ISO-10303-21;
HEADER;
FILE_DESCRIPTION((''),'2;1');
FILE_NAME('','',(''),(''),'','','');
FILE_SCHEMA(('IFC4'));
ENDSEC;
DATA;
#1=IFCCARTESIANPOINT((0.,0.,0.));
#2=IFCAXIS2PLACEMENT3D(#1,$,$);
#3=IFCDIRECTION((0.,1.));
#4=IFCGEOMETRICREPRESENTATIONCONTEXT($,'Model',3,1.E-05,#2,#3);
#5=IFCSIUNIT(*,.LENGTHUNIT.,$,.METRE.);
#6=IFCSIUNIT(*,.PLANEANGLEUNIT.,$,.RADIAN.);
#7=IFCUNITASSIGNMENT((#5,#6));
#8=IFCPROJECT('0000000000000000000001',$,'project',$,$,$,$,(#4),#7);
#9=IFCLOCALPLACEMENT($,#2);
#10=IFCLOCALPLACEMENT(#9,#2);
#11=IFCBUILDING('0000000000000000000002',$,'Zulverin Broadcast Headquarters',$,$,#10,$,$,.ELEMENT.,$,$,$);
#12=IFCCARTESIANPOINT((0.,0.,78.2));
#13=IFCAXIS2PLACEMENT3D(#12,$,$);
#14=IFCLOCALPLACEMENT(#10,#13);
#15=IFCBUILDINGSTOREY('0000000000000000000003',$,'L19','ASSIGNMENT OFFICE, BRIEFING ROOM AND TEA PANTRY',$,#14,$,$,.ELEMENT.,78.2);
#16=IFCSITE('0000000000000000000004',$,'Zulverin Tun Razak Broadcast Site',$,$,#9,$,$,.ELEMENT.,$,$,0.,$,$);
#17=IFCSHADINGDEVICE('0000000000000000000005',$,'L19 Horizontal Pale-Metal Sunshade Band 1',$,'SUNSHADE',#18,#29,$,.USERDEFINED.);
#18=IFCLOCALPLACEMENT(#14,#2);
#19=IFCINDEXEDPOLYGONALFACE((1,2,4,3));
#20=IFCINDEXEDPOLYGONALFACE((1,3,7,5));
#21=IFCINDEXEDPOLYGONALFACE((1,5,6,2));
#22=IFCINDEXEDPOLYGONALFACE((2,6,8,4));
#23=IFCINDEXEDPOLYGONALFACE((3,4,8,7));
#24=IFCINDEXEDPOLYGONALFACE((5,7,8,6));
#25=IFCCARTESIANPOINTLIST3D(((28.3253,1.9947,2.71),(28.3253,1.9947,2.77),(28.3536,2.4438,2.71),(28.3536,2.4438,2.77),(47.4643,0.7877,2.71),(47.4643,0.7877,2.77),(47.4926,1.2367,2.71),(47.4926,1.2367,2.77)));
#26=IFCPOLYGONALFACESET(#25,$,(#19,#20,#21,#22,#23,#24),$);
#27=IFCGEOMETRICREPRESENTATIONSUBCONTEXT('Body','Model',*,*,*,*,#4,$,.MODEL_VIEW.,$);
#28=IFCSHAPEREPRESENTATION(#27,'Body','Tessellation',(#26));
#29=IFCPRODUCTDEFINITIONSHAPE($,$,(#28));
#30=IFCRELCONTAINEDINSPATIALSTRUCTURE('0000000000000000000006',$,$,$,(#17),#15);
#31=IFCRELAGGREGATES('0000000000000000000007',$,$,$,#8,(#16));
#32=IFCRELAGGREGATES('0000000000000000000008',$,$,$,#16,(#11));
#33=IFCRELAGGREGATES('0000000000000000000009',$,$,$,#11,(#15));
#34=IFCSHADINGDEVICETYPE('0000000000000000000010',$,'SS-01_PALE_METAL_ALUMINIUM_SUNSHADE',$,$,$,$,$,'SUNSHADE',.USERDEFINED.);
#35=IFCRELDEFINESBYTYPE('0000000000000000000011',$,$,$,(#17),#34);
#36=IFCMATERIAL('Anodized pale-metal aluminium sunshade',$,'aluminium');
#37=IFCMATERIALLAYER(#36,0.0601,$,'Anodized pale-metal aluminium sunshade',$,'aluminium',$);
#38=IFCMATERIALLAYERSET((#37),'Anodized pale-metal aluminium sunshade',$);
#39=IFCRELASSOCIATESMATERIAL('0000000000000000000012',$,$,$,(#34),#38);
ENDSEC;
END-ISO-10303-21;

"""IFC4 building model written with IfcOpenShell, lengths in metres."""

from ifc_helpers import new_model, si_unit, direction, frame, origin, origin_2d, place, context, subcontext, project, spatial, rectangle, extrude, material, layer, layer_set, type_object, element, save


model = new_model("IFC4")

# Units and contexts
model_context = context("Model", 3, precision=1e-05, world=origin(), true_north=direction((0.0, 1.0)))
body_context = subcontext(model_context, "Body", "Model", "MODEL_VIEW")
ifc_project = project(units=[si_unit("LENGTHUNIT", "METRE"), si_unit("PLANEANGLEUNIT", "RADIAN")], contexts=[model_context])

# Site, building, storey
site_placement = place(None, origin())
site = spatial("IfcSite", under=ifc_project, at=site_placement, Name="Zulverin Tun Razak Broadcast Site", CompositionType="ELEMENT", RefElevation=0.0)
building_placement = place(site_placement, origin())
building = spatial("IfcBuilding", under=site, at=building_placement, Name="Zulverin Broadcast Headquarters", CompositionType="ELEMENT")
storey_placement = place(building_placement, frame((0.0, 0.0, 78.2)))
storey = spatial("IfcBuildingStorey", under=building, at=storey_placement, Name="L19", Description="ASSIGNMENT OFFICE, BRIEFING ROOM AND TEA PANTRY", CompositionType="ELEMENT", Elevation=78.2)

# Shading device
ifc_material_1 = material(Name="Anodized pale-metal aluminium sunshade", Category="aluminium")
ifc_layer_1 = layer(ifc_material_1, 0.0601, Name="Anodized pale-metal aluminium sunshade", Category="aluminium")
ifc_layer_set_1 = layer_set([ifc_layer_1], Name="Anodized pale-metal aluminium sunshade")
shading_device_type = type_object("IfcShadingDeviceType", Name="SS-01_PALE_METAL_ALUMINIUM_SUNSHADE", ElementType="SUNSHADE", PredefinedType="USERDEFINED", material=ifc_layer_set_1)
shading_device_placement = place(storey_placement, frame((37.9089, 1.6157, 2.71), z_axis=(0.0, 0.0, 1.0), x_axis=(0.998017, -0.062942, 0.0)))
element("IfcShadingDevice", 1, at=shading_device_placement, inside=storey, type_object=shading_device_type, Name="L19 Horizontal Pale-Metal Sunshade Band 1", ObjectType="SUNSHADE", PredefinedType="USERDEFINED", context=body_context, shape_type="SweptSolid", body=[
    extrude(rectangle(XDim=19.177, YDim=0.45, at=origin_2d()), origin(), (0.0, 0.0, 1.0), 0.0601),
])

save(model, "model.ifc")
